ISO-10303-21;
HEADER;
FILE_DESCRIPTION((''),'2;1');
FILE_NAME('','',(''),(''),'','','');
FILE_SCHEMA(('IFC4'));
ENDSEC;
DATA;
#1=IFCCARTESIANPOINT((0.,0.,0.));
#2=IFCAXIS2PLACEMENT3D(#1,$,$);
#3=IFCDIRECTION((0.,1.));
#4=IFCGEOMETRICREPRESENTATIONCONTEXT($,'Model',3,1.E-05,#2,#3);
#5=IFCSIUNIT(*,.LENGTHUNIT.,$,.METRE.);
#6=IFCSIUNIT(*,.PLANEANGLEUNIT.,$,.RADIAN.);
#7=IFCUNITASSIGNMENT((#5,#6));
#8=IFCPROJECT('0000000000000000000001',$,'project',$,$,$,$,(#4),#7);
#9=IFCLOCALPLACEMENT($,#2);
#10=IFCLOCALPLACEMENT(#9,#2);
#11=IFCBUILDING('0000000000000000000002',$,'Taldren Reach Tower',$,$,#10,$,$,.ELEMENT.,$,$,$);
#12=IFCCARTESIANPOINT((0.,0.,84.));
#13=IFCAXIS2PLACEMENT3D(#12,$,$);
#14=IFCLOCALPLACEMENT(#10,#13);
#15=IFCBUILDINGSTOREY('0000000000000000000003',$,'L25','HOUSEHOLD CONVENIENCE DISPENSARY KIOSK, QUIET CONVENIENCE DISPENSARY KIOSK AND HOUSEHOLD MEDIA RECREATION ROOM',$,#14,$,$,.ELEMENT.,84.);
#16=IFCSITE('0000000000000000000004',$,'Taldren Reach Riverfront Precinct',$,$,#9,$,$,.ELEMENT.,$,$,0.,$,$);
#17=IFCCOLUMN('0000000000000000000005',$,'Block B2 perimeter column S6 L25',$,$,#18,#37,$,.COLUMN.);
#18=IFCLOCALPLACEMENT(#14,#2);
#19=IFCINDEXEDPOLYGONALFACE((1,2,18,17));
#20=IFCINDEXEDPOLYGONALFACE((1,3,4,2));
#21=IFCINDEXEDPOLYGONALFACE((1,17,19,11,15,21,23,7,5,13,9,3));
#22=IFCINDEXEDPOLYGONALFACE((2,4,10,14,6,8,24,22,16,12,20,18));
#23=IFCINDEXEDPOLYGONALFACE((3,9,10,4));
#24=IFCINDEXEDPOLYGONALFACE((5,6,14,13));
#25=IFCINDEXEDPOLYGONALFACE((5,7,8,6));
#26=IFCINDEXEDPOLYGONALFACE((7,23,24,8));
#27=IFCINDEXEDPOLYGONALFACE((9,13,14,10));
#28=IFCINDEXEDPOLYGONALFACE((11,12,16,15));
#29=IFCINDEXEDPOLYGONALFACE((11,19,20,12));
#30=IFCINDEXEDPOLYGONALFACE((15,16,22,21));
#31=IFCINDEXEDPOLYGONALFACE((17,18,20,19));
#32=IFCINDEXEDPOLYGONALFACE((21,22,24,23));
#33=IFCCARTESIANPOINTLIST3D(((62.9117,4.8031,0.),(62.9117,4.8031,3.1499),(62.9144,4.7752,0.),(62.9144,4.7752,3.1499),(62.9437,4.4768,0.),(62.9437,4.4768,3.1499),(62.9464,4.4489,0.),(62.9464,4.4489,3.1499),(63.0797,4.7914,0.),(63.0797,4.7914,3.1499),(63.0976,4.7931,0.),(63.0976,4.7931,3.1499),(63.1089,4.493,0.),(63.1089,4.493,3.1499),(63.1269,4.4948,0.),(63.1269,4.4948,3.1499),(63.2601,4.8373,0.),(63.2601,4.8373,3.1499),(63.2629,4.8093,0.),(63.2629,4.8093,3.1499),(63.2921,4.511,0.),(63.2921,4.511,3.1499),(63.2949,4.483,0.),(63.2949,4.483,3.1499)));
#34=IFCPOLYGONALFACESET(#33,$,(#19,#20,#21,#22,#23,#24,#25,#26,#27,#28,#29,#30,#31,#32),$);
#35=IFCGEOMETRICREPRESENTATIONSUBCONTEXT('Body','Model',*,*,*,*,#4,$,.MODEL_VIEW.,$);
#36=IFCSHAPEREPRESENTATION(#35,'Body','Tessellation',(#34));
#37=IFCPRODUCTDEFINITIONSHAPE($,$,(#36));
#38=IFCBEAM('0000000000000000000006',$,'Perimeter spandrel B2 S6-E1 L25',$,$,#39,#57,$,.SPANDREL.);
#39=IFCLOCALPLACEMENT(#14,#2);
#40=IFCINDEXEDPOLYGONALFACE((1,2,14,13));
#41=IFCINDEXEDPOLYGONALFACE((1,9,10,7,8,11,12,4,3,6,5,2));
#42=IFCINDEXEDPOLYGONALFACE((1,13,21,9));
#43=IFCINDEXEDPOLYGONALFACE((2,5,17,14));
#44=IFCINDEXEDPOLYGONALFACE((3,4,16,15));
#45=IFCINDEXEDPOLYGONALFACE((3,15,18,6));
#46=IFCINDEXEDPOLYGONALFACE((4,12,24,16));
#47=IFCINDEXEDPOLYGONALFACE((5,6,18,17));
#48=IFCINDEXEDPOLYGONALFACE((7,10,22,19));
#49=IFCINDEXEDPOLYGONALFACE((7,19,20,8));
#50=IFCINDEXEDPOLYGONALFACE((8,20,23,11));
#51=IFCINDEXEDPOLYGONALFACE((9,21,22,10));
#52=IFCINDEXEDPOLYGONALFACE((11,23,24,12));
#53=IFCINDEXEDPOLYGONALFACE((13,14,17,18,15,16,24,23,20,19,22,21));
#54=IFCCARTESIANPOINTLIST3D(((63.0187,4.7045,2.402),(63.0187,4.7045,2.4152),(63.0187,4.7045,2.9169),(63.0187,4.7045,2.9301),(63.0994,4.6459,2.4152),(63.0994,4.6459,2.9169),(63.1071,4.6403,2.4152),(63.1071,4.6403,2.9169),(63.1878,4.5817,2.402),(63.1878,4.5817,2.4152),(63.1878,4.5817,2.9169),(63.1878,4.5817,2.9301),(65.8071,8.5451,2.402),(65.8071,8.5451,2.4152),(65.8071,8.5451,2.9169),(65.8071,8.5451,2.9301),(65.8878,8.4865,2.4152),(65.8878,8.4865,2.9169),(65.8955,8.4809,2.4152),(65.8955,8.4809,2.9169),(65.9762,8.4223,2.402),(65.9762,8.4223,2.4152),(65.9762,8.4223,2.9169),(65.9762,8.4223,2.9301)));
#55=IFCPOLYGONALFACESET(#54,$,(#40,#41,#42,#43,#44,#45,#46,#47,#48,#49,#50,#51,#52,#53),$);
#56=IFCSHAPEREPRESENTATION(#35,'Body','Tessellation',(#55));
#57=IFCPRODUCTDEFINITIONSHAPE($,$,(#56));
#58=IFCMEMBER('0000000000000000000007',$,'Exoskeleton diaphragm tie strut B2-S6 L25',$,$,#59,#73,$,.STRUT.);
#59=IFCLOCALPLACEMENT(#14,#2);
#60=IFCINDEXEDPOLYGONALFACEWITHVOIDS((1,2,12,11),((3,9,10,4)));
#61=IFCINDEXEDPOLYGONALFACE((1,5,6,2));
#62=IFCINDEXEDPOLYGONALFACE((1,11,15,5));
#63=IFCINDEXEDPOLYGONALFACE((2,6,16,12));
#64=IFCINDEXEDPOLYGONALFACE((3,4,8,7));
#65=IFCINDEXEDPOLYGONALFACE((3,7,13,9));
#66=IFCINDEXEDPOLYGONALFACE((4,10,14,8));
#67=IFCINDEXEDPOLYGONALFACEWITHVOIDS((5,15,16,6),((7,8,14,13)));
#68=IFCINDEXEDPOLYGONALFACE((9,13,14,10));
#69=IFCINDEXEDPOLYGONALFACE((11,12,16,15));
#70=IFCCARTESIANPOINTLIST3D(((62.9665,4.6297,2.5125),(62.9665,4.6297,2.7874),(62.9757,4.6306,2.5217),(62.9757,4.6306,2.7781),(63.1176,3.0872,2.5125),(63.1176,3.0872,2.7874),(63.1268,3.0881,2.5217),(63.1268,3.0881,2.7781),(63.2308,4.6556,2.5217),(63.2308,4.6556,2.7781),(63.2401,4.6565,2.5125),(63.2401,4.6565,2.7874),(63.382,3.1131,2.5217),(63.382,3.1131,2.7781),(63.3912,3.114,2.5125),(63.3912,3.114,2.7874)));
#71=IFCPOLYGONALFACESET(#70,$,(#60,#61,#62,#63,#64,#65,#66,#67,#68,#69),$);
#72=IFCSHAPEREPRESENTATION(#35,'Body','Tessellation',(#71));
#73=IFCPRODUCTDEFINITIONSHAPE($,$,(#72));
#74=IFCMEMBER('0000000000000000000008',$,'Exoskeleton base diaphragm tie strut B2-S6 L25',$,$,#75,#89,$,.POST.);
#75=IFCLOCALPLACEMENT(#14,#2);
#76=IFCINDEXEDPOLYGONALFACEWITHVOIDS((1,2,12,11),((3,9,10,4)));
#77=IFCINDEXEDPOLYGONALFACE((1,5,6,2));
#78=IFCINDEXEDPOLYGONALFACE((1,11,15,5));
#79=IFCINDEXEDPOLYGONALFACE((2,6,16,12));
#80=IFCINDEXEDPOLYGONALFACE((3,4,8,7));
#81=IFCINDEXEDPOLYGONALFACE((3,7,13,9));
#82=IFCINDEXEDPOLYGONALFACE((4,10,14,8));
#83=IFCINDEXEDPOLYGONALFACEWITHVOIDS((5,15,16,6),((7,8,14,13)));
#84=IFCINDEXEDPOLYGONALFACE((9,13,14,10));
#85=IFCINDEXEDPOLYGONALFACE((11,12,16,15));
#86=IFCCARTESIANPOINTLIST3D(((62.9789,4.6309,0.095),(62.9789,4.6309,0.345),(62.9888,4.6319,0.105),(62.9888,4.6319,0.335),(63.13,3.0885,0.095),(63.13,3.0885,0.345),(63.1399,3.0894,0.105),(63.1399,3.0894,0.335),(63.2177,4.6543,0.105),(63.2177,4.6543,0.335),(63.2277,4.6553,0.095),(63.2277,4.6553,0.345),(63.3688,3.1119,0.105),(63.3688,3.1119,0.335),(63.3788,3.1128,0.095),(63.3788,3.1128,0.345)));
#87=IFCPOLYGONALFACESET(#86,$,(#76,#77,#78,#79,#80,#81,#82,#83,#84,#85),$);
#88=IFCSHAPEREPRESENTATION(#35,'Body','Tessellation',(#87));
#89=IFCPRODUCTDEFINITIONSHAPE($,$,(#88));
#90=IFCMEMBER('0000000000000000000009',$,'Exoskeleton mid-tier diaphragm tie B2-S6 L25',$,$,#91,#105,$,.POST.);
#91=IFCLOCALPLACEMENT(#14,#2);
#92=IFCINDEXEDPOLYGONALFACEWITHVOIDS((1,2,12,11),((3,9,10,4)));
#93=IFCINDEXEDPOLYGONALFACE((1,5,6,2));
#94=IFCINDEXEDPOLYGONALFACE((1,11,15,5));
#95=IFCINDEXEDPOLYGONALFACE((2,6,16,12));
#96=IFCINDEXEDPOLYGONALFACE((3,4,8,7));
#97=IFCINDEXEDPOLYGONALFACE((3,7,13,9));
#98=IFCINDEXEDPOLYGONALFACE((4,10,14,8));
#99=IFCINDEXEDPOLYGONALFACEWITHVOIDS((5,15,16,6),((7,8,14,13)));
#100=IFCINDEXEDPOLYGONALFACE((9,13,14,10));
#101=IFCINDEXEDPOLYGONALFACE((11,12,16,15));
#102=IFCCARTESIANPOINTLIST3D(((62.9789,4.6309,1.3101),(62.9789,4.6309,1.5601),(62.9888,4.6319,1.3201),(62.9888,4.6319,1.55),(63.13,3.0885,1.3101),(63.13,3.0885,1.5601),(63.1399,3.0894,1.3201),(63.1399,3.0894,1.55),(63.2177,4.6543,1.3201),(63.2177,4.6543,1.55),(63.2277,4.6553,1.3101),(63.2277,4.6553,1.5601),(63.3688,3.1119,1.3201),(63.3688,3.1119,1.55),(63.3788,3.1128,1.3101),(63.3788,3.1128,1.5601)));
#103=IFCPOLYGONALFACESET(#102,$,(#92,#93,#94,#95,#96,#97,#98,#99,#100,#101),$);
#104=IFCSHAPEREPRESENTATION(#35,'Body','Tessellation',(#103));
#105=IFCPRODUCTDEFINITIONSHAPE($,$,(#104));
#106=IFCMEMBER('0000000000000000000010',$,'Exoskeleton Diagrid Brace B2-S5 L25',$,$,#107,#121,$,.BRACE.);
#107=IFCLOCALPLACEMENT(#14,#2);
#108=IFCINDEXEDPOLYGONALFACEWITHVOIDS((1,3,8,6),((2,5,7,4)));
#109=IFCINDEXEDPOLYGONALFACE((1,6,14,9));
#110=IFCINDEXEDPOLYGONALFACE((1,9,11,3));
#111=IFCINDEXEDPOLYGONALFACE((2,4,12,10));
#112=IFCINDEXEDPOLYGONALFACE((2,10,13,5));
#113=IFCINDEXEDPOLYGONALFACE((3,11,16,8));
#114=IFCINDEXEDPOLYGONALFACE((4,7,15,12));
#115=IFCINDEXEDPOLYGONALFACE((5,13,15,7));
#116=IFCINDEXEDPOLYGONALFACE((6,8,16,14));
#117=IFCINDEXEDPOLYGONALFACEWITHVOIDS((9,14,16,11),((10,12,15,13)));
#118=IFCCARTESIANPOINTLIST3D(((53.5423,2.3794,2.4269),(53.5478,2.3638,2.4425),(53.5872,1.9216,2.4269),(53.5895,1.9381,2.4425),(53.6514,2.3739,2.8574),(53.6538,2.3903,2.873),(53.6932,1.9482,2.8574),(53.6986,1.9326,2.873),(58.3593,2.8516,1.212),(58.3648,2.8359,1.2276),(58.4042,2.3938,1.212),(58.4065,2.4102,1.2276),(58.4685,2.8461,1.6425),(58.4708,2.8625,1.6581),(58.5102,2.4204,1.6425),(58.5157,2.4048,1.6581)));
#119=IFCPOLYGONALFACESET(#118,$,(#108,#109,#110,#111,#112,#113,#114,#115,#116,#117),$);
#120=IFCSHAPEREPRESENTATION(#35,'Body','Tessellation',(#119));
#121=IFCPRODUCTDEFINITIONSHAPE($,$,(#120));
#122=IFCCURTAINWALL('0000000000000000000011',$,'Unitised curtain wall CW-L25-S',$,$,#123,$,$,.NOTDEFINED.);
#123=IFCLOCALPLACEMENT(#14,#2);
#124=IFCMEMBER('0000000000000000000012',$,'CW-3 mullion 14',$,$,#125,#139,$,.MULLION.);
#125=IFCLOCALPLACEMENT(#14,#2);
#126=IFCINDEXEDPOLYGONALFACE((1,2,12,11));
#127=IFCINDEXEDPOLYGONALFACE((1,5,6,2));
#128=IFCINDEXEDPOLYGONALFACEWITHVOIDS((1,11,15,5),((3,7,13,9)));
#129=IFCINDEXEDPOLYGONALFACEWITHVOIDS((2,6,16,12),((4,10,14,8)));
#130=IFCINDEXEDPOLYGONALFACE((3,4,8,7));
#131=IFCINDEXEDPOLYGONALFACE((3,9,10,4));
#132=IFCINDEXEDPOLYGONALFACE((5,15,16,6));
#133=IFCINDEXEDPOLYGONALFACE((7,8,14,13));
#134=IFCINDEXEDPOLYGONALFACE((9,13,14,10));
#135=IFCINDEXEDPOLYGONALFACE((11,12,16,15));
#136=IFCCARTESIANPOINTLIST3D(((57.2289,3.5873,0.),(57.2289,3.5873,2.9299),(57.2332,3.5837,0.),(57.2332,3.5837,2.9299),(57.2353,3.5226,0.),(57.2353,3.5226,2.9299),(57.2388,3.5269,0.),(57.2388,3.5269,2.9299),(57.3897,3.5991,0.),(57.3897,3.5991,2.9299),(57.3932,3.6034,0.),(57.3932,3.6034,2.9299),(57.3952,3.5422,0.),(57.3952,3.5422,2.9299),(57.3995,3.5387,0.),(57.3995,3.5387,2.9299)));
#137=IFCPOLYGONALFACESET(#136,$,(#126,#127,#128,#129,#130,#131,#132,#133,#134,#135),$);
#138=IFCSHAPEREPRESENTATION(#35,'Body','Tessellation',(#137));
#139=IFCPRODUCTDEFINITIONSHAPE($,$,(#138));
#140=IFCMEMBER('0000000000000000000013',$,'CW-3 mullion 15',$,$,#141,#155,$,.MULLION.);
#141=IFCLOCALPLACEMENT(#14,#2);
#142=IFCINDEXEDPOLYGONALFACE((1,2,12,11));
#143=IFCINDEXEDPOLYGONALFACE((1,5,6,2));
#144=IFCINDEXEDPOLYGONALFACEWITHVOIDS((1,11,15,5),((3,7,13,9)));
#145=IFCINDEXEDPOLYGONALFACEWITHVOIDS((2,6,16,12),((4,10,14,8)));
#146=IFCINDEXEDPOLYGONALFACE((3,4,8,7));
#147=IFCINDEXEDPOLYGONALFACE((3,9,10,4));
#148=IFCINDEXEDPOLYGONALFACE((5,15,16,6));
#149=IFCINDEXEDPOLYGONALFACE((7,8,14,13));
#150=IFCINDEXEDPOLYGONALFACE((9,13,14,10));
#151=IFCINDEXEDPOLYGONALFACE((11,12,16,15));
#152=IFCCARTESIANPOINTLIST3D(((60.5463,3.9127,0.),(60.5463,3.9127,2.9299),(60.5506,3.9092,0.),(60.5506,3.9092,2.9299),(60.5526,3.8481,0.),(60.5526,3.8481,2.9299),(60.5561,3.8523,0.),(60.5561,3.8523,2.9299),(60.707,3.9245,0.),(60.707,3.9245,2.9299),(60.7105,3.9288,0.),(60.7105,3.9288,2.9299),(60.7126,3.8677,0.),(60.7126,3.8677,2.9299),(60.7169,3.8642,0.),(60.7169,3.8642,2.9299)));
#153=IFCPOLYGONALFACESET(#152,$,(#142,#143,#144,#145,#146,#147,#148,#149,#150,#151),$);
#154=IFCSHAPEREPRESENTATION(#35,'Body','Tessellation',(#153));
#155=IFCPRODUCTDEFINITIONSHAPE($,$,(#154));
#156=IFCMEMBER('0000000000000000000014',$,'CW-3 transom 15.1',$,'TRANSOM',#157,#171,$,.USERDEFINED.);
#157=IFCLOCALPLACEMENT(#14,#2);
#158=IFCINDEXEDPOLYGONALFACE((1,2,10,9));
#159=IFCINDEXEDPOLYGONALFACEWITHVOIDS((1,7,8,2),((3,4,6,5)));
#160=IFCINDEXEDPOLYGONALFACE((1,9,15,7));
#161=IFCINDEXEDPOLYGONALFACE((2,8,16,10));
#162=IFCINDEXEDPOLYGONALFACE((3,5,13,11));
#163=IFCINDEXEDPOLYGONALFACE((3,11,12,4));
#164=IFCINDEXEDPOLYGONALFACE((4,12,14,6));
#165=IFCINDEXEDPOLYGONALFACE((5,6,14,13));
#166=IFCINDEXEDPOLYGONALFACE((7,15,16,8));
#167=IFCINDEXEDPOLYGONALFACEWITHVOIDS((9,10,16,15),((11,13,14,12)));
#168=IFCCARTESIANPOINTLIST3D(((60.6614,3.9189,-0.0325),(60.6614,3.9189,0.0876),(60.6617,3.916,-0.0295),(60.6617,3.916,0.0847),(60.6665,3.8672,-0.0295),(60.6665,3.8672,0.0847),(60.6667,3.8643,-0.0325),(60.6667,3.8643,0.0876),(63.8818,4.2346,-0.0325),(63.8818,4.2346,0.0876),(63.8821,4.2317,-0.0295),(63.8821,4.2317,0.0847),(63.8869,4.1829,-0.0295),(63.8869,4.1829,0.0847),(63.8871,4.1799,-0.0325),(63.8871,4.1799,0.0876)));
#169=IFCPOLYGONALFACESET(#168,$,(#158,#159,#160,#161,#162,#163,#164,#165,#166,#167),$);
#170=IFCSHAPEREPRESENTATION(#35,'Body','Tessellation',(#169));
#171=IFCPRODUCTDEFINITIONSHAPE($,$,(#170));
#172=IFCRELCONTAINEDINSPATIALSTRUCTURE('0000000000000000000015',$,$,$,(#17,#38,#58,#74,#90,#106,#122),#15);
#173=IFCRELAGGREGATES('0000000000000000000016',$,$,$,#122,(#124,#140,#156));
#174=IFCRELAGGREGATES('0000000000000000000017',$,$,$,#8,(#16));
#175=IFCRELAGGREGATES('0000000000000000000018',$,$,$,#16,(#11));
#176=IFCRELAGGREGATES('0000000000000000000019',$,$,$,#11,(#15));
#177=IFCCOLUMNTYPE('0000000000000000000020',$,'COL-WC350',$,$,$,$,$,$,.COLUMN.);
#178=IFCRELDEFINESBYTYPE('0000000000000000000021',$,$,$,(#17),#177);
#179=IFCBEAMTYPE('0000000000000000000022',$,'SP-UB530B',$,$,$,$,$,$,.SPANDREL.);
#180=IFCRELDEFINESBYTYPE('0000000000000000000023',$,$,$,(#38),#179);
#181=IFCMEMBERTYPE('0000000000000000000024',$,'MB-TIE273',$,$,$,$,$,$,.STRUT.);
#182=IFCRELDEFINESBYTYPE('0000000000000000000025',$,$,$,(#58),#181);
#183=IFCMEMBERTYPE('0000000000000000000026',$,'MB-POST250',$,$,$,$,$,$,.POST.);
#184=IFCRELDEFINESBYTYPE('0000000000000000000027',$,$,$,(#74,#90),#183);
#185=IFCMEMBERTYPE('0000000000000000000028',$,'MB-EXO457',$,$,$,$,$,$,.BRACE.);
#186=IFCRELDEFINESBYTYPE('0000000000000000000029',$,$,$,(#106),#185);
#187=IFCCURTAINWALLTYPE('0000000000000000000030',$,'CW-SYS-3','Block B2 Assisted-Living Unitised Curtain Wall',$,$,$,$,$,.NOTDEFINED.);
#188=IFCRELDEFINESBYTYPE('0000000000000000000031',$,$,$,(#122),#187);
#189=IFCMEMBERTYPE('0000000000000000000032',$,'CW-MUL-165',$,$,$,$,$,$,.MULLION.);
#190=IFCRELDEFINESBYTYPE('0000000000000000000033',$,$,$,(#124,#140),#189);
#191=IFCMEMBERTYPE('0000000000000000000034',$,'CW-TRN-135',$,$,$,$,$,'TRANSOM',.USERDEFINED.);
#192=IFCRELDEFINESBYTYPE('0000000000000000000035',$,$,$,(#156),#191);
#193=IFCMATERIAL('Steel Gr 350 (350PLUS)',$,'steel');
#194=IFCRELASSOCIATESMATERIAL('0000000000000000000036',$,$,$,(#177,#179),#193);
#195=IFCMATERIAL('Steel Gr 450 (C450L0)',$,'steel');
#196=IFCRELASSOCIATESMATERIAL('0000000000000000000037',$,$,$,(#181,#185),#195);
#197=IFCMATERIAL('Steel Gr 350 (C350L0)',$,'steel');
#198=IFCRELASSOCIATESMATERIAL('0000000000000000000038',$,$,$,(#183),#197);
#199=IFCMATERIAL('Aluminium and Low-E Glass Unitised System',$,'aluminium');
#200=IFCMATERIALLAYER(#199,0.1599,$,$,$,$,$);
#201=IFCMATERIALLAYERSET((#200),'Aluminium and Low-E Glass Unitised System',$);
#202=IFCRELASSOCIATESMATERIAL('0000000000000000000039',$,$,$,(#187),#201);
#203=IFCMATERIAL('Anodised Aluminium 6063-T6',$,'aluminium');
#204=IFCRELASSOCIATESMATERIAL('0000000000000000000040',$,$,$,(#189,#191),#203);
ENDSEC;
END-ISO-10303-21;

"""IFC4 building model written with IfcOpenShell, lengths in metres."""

from ifc_helpers import new_model, si_unit, direction, frame, origin, origin_2d, place, context, subcontext, project, spatial, hollow_rectangle, i_section, extrude, source, transform, mapped, material, layer, layer_set, material_profile, profile_set, type_object, element, aggregate, save


model = new_model("IFC4")

# Units and contexts
model_context = context("Model", 3, precision=1e-05, world=origin(), true_north=direction((0.0, 1.0)))
body_context = subcontext(model_context, "Body", "Model", "MODEL_VIEW")
ifc_project = project(units=[si_unit("LENGTHUNIT", "METRE"), si_unit("PLANEANGLEUNIT", "RADIAN")], contexts=[model_context])

# Site, building, storey
site_placement = place(None, origin())
site = spatial("IfcSite", under=ifc_project, at=site_placement, Name="Taldren Reach Riverfront Precinct", CompositionType="ELEMENT", RefElevation=0.0)
building_placement = place(site_placement, origin())
building = spatial("IfcBuilding", under=site, at=building_placement, Name="Taldren Reach Tower", CompositionType="ELEMENT")
storey_placement = place(building_placement, frame((0.0, 0.0, 84.0)))
storey = spatial("IfcBuildingStorey", under=building, at=storey_placement, Name="L25", Description="HOUSEHOLD CONVENIENCE DISPENSARY KIOSK, QUIET CONVENIENCE DISPENSARY KIOSK AND HOUSEHOLD MEDIA RECREATION ROOM", CompositionType="ELEMENT", Elevation=84.0)

# Column
ifc_material_1 = material(Name="Steel Gr 350 (350PLUS)", Category="steel")
ifc_material_profile_1 = material_profile(ifc_material_1, i_section(OverallWidth=0.3501, OverallDepth=0.356, WebThickness=0.0181, FlangeThickness=0.0281, at=origin_2d()), Name="350WC197")
ifc_profile_set_1 = profile_set([ifc_material_profile_1], Name="Steel Gr 350 (350PLUS)")
column_type = type_object("IfcColumnType", Name="COL-WC350", PredefinedType="COLUMN", material=ifc_profile_set_1)
shared_shape_1 = source(origin(), body_context, "Body", "SweptSolid", [
    extrude(i_section(OverallWidth=0.3501, OverallDepth=0.356, WebThickness=0.0181, FlangeThickness=0.0281, at=origin_2d()), origin(), (0.0, 0.0, 1.0), 3.1499),
])
column_placement = place(storey_placement, frame((63.1033, 4.6431, 0.0), z_axis=(0.0, 0.0, 1.0), x_axis=(0.995227, 0.097583, 0.0)))
element("IfcColumn", 1, at=column_placement, inside=storey, type_object=column_type, Name="Block B2 perimeter column S6 L25", PredefinedType="COLUMN", context=body_context, shape_type="MappedRepresentation", body=[
    mapped(shared_shape_1, transform((0.0, 0.0, 0.0), scale=1.0)),
])

# Beam
ifc_material_profile_2 = material_profile(ifc_material_1, i_section(OverallWidth=0.209, OverallDepth=0.5281, WebThickness=0.0095, FlangeThickness=0.0132, at=origin_2d()), Name="530UB82.0")
ifc_profile_set_2 = profile_set([ifc_material_profile_2], Name="Steel Gr 350 (350PLUS)")
beam_type = type_object("IfcBeamType", Name="SP-UB530B", PredefinedType="SPANDREL", material=ifc_profile_set_2)
shared_shape_2 = source(origin(), body_context, "Body", "SweptSolid", [
    extrude(i_section(OverallWidth=0.209, OverallDepth=0.5281, WebThickness=0.0095, FlangeThickness=0.0132, at=origin_2d()), origin(), (0.0, 0.0, 1.0), 4.7461),
])
beam_placement = place(storey_placement, frame((63.1033, 4.6431, 2.666), z_axis=(0.587508, 0.809219, 0.0), x_axis=(-0.809219, 0.587508, 0.0)))
element("IfcBeam", 2, at=beam_placement, inside=storey, type_object=beam_type, Name="Perimeter spandrel B2 S6-E1 L25", PredefinedType="SPANDREL", context=body_context, shape_type="MappedRepresentation", body=[
    mapped(shared_shape_2, transform((0.0, 0.0, 0.0), scale=1.0)),
])

# Members
ifc_material_2 = material(Name="Steel Gr 450 (C450L0)", Category="steel")
ifc_material_profile_3 = material_profile(ifc_material_2, hollow_rectangle(XDim=0.2749, YDim=0.2749, WallThickness=0.0093, at=origin_2d()), Name="275x275x9.3SHS")
ifc_profile_set_3 = profile_set([ifc_material_profile_3], Name="Steel Gr 450 (C450L0)")
member_type_1 = type_object("IfcMemberType", Name="MB-TIE273", PredefinedType="STRUT", material=ifc_profile_set_3)
shared_shape_3 = source(origin(), body_context, "Body", "SweptSolid", [
    extrude(hollow_rectangle(XDim=0.2749, YDim=0.2749, WallThickness=0.0093, at=origin_2d()), origin(), (0.0, 0.0, 1.0), 1.5498),
])
member_1_placement = place(storey_placement, frame((63.1033, 4.6431, 2.6499), z_axis=(0.097507, -0.995235, 0.0), x_axis=(0.995235, 0.097507, 0.0)))
element("IfcMember", 3, at=member_1_placement, inside=storey, type_object=member_type_1, Name="Exoskeleton diaphragm tie strut B2-S6 L25", PredefinedType="STRUT", context=body_context, shape_type="MappedRepresentation", body=[
    mapped(shared_shape_3, transform((0.0, 0.0, 0.0), scale=1.0)),
])
ifc_material_3 = material(Name="Steel Gr 350 (C350L0)", Category="steel")
ifc_material_profile_4 = material_profile(ifc_material_3, hollow_rectangle(XDim=0.25, YDim=0.25, WallThickness=0.01, at=origin_2d()), Name="250x250x10.0SHS")
ifc_profile_set_4 = profile_set([ifc_material_profile_4], Name="Steel Gr 350 (C350L0)")
member_type_2 = type_object("IfcMemberType", Name="MB-POST250", PredefinedType="POST", material=ifc_profile_set_4)
shared_shape_4 = source(origin(), body_context, "Body", "SweptSolid", [
    extrude(hollow_rectangle(XDim=0.25, YDim=0.25, WallThickness=0.01, at=origin_2d()), origin(), (0.0, 0.0, 1.0), 1.5498),
])
for number, where, z_axis, x_axis, name in (
    (4, (63.1033, 4.6431, 0.22), (0.097507, -0.995235, 0.0), (0.995235, 0.097507, 0.0), "Exoskeleton base diaphragm tie strut B2-S6 L25"),
    (5, (63.1033, 4.6431, 1.4351), (0.097507, -0.995235, 0.0), (0.995235, 0.097507, 0.0), "Exoskeleton mid-tier diaphragm tie B2-S6 L25"),
):
    element("IfcMember", number, at=place(storey_placement, frame(where, z_axis=z_axis, x_axis=x_axis)), inside=storey, type_object=member_type_2, Name=name, PredefinedType="POST", context=body_context, shape_type="MappedRepresentation", body=[
        mapped(shared_shape_4, transform((0.0, 0.0, 0.0), scale=1.0)),
    ])
ifc_material_profile_5 = material_profile(ifc_material_2, hollow_rectangle(XDim=0.46, YDim=0.46, WallThickness=0.0161, at=origin_2d()), Name="460x460x16.0SHS")
ifc_profile_set_5 = profile_set([ifc_material_profile_5], Name="Steel Gr 450 (C450L0)")
member_type_3 = type_object("IfcMemberType", Name="MB-EXO457", PredefinedType="BRACE", material=ifc_profile_set_5)
shared_shape_5 = source(origin(), body_context, "Body", "SweptSolid", [
    extrude(hollow_rectangle(XDim=0.46, YDim=0.46, WallThickness=0.0161, at=origin_2d()), origin(), (0.0, 0.0, 1.0), 4.9902),
])
member_2_placement = place(storey_placement, frame((58.4375, 2.6282, 1.4351), z_axis=(-0.965287, -0.094621, 0.24345), x_axis=(0.097556, -0.99523, 0.0)))
element("IfcMember", 6, at=member_2_placement, inside=storey, type_object=member_type_3, Name="Exoskeleton Diagrid Brace B2-S5 L25", PredefinedType="BRACE", context=body_context, shape_type="MappedRepresentation", body=[
    mapped(shared_shape_5, transform((0.0, 0.0, 0.0), scale=1.0)),
])

# Curtain wall, members
ifc_material_4 = material(Name="Aluminium and Low-E Glass Unitised System", Category="aluminium")
ifc_layer_1 = layer(ifc_material_4, 0.1599)
ifc_layer_set_1 = layer_set([ifc_layer_1], Name="Aluminium and Low-E Glass Unitised System")
curtain_wall_type = type_object("IfcCurtainWallType", Name="CW-SYS-3", Description="Block B2 Assisted-Living Unitised Curtain Wall", PredefinedType="NOTDEFINED", material=ifc_layer_set_1)
curtain_wall_placement = place(storey_placement, origin())
curtain_wall = element("IfcCurtainWall", 7, at=curtain_wall_placement, inside=storey, type_object=curtain_wall_type, Name="Unitised curtain wall CW-L25-S", PredefinedType="NOTDEFINED")
ifc_material_5 = material(Name="Anodised Aluminium 6063-T6", Category="aluminium")
ifc_material_profile_6 = material_profile(ifc_material_5, hollow_rectangle(XDim=0.0649, YDim=0.165, WallThickness=0.0039, at=origin_2d()), Name="ALU-165x65x4RHS")
ifc_profile_set_6 = profile_set([ifc_material_profile_6], Name="Anodised Aluminium 6063-T6")
member_type_4 = type_object("IfcMemberType", Name="CW-MUL-165", PredefinedType="MULLION", material=ifc_profile_set_6)
shared_shape_6 = source(origin(), body_context, "Body", "SweptSolid", [
    extrude(hollow_rectangle(XDim=0.0649, YDim=0.165, WallThickness=0.0039, at=origin_2d()), origin(), (0.0, 0.0, 1.0), 2.9299),
])
member_3_placement = place(storey_placement, frame((57.3142, 3.563, 0.0), z_axis=(0.0, 0.0, 1.0), x_axis=(-0.097583, 0.995227, 0.0)))
member_3 = element("IfcMember", 8, at=member_3_placement, type_object=member_type_4, Name="CW-3 mullion 14", PredefinedType="MULLION", context=body_context, shape_type="MappedRepresentation", body=[
    mapped(shared_shape_6, transform((0.0, 0.0, 0.0), scale=1.0)),
])
member_4_placement = place(storey_placement, frame((60.6316, 3.8884, 0.0), z_axis=(0.0, 0.0, 1.0), x_axis=(-0.097583, 0.995227, 0.0)))
member_4 = element("IfcMember", 9, at=member_4_placement, type_object=member_type_4, Name="CW-3 mullion 15", PredefinedType="MULLION", context=body_context, shape_type="MappedRepresentation", body=[
    mapped(shared_shape_6, transform((0.0, 0.0, 0.0), scale=1.0)),
])
ifc_material_profile_7 = material_profile(ifc_material_5, hollow_rectangle(XDim=0.0549, YDim=0.1201, WallThickness=0.0029, at=origin_2d()), Name="ALU-120x55x3RHS")
ifc_profile_set_7 = profile_set([ifc_material_profile_7], Name="Anodised Aluminium 6063-T6")
member_type_5 = type_object("IfcMemberType", Name="CW-TRN-135", ElementType="TRANSOM", PredefinedType="USERDEFINED", material=ifc_profile_set_7)
shared_shape_7 = source(origin(), body_context, "Body", "SweptSolid", [
    extrude(hollow_rectangle(XDim=0.0549, YDim=0.1201, WallThickness=0.0029, at=origin_2d()), origin(), (0.0, 0.0, 1.0), 3.2358),
])
member_5_placement = place(storey_placement, frame((60.6641, 3.8916, 0.0276), z_axis=(0.99523, 0.097554, 0.0), x_axis=(-0.097554, 0.99523, 0.0)))
member_5 = element("IfcMember", 10, at=member_5_placement, type_object=member_type_5, Name="CW-3 transom 15.1", ObjectType="TRANSOM", PredefinedType="USERDEFINED", context=body_context, shape_type="MappedRepresentation", body=[
    mapped(shared_shape_7, transform((0.0, 0.0, 0.0), scale=1.0)),
])
aggregate(curtain_wall, [member_3, member_4, member_5])

save(model, "model.ifc")
